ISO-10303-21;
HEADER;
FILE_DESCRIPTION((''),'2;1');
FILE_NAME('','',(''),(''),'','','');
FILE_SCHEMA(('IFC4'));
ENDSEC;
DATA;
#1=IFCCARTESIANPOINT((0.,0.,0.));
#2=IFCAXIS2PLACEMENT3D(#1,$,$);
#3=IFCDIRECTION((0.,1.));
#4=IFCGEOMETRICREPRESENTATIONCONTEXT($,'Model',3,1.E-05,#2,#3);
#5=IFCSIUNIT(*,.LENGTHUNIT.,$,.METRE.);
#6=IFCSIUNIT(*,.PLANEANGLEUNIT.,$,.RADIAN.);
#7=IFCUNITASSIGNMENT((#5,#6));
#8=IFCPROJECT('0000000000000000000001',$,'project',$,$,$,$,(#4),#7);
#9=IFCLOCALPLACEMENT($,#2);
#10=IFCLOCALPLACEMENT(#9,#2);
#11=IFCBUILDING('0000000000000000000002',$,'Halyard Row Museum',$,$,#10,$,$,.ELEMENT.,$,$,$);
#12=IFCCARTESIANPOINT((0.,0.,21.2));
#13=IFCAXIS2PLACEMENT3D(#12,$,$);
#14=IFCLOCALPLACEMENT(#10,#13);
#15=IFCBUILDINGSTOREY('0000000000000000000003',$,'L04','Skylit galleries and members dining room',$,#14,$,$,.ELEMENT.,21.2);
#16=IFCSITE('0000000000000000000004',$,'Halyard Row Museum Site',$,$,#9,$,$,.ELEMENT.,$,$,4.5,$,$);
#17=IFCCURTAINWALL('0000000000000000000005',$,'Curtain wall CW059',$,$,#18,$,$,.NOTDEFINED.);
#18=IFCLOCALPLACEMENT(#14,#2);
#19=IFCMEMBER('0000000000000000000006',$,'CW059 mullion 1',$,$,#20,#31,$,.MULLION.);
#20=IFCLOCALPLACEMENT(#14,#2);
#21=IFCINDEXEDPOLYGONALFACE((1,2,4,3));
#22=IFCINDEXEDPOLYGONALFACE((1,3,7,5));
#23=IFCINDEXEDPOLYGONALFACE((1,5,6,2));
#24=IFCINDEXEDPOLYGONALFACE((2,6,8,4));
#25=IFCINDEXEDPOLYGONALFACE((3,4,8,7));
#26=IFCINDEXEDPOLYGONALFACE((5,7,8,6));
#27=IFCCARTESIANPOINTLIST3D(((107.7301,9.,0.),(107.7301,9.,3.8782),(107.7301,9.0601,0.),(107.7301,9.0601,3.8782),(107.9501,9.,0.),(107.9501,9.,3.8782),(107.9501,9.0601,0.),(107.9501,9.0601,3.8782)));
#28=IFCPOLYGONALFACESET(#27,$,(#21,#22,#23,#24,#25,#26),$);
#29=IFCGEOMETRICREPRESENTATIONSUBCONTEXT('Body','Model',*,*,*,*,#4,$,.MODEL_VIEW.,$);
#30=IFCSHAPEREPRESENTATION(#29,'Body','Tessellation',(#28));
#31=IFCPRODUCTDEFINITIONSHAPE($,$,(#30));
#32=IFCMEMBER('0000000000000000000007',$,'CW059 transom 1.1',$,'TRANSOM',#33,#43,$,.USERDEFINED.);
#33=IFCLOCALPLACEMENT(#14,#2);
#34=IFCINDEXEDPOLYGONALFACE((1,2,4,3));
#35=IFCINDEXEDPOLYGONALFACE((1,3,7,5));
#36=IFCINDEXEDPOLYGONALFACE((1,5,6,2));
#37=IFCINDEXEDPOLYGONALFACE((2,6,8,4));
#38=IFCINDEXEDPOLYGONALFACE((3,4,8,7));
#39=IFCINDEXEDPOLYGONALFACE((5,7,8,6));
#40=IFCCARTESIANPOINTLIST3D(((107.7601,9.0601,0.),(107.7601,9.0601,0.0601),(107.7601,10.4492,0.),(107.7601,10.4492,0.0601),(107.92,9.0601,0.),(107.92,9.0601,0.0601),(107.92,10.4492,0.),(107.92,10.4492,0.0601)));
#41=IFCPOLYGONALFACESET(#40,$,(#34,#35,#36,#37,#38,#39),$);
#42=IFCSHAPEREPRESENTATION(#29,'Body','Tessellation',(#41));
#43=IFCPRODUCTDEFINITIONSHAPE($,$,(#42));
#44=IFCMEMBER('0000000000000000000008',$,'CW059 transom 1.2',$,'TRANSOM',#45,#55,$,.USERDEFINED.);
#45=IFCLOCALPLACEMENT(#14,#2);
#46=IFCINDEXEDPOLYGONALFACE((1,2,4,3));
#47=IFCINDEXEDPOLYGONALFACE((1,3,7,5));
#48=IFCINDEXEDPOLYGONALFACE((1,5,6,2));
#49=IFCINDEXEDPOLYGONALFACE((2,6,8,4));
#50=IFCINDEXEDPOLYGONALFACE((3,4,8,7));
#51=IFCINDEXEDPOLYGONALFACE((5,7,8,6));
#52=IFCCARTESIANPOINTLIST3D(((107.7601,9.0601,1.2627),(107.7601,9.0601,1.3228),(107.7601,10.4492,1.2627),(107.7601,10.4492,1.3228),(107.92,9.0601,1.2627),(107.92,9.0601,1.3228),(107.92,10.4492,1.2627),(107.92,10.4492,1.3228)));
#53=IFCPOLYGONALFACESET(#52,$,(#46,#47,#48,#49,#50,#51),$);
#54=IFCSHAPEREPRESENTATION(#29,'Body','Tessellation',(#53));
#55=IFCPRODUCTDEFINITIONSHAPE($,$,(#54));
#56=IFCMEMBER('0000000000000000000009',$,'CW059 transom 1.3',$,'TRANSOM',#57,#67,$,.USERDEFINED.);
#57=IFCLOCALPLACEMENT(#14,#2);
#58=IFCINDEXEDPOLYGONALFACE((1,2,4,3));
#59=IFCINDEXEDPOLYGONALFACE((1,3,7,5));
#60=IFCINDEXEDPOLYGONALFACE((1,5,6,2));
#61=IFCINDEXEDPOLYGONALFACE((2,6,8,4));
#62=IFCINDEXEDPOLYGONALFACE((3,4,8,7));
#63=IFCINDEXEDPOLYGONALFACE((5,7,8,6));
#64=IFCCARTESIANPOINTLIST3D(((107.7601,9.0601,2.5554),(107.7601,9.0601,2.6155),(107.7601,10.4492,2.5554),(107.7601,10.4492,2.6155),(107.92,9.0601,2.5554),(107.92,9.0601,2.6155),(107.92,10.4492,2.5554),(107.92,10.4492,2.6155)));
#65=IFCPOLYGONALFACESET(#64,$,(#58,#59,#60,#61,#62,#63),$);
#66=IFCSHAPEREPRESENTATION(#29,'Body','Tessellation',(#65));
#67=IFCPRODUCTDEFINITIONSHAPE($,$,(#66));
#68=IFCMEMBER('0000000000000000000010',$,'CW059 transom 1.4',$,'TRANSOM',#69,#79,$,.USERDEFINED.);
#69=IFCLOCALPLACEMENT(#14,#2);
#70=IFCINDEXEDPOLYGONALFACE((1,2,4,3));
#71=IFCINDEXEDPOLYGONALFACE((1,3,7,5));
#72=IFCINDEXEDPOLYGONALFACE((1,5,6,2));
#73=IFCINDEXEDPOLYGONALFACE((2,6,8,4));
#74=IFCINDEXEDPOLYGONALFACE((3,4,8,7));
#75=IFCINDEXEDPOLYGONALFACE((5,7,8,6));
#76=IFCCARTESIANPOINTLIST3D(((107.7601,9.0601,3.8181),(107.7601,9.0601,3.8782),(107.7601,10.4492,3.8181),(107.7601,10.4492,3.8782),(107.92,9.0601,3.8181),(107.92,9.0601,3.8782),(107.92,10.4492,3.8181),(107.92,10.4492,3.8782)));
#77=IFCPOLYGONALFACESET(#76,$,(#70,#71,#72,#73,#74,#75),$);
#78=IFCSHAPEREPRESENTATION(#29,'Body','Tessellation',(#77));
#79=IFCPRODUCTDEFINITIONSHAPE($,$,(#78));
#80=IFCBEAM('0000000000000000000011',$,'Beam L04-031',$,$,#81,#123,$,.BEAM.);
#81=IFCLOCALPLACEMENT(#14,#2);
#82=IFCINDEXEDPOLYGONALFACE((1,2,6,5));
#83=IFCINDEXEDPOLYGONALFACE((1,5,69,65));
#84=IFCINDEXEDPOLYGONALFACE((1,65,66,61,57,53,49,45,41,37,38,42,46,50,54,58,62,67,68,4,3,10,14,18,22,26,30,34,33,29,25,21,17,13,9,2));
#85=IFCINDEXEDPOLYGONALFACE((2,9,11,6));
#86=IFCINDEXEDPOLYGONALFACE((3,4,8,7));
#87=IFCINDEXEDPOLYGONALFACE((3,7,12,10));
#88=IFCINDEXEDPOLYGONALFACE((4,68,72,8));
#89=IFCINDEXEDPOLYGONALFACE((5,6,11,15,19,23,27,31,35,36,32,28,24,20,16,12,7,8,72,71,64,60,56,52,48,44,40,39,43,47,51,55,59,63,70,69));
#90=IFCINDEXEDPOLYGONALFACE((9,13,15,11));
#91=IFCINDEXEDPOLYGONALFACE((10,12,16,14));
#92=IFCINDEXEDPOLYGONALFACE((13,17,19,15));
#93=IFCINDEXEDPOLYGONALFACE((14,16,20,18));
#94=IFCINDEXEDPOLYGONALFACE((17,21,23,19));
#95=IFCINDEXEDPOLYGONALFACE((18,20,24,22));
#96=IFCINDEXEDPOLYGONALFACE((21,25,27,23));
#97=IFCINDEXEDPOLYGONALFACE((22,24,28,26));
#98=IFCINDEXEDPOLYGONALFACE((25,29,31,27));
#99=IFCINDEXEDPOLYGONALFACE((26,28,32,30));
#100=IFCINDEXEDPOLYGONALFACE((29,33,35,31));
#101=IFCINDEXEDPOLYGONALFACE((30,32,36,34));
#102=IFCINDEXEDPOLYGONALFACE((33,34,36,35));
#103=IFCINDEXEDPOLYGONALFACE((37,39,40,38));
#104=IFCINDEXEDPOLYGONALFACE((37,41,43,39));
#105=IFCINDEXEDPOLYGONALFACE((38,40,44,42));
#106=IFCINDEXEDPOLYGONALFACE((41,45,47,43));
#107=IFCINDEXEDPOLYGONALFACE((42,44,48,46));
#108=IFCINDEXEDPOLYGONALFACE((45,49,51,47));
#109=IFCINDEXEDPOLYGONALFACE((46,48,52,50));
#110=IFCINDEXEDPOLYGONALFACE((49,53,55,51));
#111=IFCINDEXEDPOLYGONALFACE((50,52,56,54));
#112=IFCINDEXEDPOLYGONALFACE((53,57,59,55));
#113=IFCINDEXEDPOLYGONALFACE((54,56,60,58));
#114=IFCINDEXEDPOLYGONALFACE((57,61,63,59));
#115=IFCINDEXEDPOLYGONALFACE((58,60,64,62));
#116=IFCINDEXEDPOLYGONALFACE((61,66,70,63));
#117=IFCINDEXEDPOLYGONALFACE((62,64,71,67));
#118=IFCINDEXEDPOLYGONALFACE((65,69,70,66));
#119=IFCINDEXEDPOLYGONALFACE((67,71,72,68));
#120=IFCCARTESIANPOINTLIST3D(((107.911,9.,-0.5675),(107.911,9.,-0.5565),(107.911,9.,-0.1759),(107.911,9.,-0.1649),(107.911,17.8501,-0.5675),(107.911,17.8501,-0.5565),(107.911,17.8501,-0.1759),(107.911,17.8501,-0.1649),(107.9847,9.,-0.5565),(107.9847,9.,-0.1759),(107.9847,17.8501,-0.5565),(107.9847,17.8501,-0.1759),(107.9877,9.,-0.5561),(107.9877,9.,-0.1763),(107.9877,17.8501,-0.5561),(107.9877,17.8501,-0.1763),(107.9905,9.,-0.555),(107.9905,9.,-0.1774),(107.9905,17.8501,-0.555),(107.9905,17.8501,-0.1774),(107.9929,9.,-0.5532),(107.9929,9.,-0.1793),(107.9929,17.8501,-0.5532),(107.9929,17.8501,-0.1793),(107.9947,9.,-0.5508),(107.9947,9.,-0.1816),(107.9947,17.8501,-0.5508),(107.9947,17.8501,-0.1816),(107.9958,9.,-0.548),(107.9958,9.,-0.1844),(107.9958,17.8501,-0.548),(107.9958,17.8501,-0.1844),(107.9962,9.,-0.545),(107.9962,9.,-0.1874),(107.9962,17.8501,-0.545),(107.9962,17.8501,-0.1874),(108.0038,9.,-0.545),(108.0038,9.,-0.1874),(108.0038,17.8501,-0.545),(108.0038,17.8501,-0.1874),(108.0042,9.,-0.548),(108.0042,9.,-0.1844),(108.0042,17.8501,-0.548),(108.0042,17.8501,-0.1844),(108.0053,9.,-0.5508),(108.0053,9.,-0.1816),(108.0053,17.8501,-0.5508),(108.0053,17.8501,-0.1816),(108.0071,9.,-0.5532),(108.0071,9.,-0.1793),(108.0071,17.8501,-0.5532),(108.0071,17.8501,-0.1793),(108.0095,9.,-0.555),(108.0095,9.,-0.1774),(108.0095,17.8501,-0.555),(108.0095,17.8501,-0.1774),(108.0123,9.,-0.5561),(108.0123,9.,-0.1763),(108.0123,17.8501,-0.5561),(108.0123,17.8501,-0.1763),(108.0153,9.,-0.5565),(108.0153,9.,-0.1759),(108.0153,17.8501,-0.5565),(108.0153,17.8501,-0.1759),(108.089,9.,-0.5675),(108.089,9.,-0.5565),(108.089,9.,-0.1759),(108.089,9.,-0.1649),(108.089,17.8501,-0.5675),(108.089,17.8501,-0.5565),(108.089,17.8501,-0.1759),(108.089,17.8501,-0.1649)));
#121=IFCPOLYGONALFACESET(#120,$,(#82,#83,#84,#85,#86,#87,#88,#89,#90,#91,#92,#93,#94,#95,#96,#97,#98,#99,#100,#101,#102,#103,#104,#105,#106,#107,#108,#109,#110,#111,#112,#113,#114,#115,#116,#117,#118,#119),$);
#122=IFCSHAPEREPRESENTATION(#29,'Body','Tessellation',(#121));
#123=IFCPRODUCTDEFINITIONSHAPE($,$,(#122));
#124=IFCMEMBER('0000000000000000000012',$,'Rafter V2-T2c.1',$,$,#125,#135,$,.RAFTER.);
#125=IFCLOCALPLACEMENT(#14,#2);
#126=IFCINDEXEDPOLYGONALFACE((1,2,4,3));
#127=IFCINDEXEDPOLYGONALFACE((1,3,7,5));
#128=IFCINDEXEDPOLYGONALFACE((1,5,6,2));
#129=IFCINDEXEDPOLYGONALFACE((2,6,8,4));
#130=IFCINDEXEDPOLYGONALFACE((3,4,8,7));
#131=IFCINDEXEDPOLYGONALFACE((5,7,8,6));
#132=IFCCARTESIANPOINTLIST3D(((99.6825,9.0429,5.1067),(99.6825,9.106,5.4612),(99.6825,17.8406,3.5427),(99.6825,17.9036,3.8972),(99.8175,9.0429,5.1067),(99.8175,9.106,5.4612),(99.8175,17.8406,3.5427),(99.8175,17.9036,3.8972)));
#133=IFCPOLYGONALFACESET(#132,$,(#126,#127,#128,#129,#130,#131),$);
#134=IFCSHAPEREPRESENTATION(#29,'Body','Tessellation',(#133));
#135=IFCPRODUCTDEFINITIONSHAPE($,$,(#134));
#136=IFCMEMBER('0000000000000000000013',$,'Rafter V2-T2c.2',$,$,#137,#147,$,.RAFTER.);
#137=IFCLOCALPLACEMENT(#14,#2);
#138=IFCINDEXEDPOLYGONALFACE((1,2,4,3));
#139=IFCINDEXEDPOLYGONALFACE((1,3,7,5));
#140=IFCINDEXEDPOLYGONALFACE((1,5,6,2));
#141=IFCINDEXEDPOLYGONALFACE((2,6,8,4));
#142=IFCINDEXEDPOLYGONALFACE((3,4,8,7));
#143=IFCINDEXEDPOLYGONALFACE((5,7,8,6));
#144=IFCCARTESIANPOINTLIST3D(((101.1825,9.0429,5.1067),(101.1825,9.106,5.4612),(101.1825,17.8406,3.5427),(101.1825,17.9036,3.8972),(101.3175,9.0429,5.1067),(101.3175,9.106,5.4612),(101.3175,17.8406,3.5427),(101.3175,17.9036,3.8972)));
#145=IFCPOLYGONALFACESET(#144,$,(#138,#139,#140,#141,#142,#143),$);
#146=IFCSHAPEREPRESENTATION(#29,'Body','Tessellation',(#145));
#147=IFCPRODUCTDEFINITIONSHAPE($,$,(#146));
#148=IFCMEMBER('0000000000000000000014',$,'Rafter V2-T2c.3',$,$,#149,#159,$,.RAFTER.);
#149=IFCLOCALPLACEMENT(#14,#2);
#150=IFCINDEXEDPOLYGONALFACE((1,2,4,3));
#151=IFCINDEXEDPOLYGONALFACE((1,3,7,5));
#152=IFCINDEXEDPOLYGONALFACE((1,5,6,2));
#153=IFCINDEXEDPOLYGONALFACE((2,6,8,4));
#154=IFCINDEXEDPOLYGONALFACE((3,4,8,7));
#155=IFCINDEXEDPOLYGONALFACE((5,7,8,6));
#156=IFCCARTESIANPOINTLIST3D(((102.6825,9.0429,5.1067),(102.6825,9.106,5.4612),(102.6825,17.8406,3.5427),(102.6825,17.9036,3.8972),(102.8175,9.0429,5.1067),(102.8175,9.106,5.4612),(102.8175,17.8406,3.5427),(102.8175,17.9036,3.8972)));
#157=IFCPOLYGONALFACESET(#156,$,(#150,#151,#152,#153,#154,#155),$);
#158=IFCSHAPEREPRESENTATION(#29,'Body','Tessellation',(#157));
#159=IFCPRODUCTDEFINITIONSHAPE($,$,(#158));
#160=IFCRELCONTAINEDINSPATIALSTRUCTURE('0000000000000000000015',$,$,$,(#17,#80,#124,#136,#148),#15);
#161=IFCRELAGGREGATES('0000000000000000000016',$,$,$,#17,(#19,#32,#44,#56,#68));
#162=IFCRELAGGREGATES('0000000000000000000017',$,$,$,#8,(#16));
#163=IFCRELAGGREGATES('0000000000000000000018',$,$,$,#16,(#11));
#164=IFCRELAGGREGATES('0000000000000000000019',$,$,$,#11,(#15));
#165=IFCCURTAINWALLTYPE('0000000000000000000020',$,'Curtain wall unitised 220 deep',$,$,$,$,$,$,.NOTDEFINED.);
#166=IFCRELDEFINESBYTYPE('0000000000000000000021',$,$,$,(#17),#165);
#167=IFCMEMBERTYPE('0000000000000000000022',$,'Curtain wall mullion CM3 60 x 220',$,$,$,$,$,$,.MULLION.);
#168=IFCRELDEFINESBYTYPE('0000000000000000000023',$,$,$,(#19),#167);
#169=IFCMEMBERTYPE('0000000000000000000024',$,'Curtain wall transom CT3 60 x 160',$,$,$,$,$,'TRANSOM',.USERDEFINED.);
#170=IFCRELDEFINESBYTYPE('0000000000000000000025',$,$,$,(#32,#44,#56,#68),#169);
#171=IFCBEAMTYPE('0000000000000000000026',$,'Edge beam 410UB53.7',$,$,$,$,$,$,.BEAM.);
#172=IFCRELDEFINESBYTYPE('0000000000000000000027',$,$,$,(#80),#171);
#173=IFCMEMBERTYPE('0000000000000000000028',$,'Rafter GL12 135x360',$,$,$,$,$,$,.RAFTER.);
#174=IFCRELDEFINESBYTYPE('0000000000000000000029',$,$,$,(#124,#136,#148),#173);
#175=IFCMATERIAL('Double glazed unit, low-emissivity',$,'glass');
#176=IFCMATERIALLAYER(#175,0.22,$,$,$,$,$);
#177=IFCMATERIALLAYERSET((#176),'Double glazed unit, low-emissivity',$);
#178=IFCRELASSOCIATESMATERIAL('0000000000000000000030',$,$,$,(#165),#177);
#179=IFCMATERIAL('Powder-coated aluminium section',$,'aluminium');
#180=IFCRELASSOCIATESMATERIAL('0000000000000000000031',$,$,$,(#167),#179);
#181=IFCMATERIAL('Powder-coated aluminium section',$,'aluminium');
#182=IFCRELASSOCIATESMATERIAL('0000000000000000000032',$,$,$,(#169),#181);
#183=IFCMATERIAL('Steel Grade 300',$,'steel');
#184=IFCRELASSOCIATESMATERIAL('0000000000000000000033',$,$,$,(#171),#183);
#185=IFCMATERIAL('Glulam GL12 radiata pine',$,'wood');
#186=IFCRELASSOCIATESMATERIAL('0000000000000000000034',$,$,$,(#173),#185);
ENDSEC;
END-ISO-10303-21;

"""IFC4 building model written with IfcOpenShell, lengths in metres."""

from ifc_helpers import new_model, si_unit, direction, frame, origin, origin_2d, place, context, subcontext, project, spatial, rectangle, i_section, extrude, material, layer, layer_set, material_profile, profile_set, type_object, element, aggregate, save


model = new_model("IFC4")

# Units and contexts
model_context = context("Model", 3, precision=1e-05, world=origin(), true_north=direction((0.0, 1.0)))
body_context = subcontext(model_context, "Body", "Model", "MODEL_VIEW")
ifc_project = project(units=[si_unit("LENGTHUNIT", "METRE"), si_unit("PLANEANGLEUNIT", "RADIAN")], contexts=[model_context])

# Site, building, storey
site_placement = place(None, origin())
site = spatial("IfcSite", under=ifc_project, at=site_placement, Name="Halyard Row Museum Site", CompositionType="ELEMENT", RefElevation=4.5)
building_placement = place(site_placement, origin())
building = spatial("IfcBuilding", under=site, at=building_placement, Name="Halyard Row Museum", CompositionType="ELEMENT")
storey_placement = place(building_placement, frame((0.0, 0.0, 21.2)))
storey = spatial("IfcBuildingStorey", under=building, at=storey_placement, Name="L04", Description="Skylit galleries and members dining room", CompositionType="ELEMENT", Elevation=21.2)

# Curtain wall, members
ifc_material_1 = material(Name="Double glazed unit, low-emissivity", Category="glass")
ifc_layer = layer(ifc_material_1, 0.22)
ifc_layer_set = layer_set([ifc_layer], Name="Double glazed unit, low-emissivity")
curtain_wall_type = type_object("IfcCurtainWallType", Name="Curtain wall unitised 220 deep", PredefinedType="NOTDEFINED", material=ifc_layer_set)
curtain_wall_placement = place(storey_placement, origin())
curtain_wall = element("IfcCurtainWall", 1, at=curtain_wall_placement, inside=storey, type_object=curtain_wall_type, Name="Curtain wall CW059", PredefinedType="NOTDEFINED")
ifc_material_2 = material(Name="Powder-coated aluminium section", Category="aluminium")
ifc_material_profile_1 = material_profile(ifc_material_2, rectangle(XDim=0.22, YDim=0.0601, at=origin_2d()), Name="220x60 mullion")
ifc_profile_set_1 = profile_set([ifc_material_profile_1], Name="Powder-coated aluminium section")
member_type_1 = type_object("IfcMemberType", Name="Curtain wall mullion CM3 60 x 220", PredefinedType="MULLION", material=ifc_profile_set_1)
member_1_placement = place(storey_placement, frame((107.8401, 9.03, 0.0), z_axis=(0.0, 0.0, 1.0), x_axis=(-1.0, 0.0, 0.0)))
member_1 = element("IfcMember", 2, at=member_1_placement, type_object=member_type_1, Name="CW059 mullion 1", PredefinedType="MULLION", context=body_context, shape_type="SweptSolid", body=[
    extrude(rectangle(XDim=0.22, YDim=0.0601, at=origin_2d()), origin(), (0.0, 0.0, 1.0), 3.8782),
])
ifc_material_3 = material(Name="Powder-coated aluminium section", Category="aluminium")
ifc_material_profile_2 = material_profile(ifc_material_3, rectangle(XDim=0.1599, YDim=0.0601, at=origin_2d()), Name="160x60 transom")
ifc_profile_set_2 = profile_set([ifc_material_profile_2], Name="Powder-coated aluminium section")
member_type_2 = type_object("IfcMemberType", Name="Curtain wall transom CT3 60 x 160", ElementType="TRANSOM", PredefinedType="USERDEFINED", material=ifc_profile_set_2)
member_2_placement = place(storey_placement, frame((107.8401, 9.0601, 0.03), z_axis=(0.0, 1.0, 0.0), x_axis=(-1.0, 0.0, 0.0)))
member_2 = element("IfcMember", 3, at=member_2_placement, type_object=member_type_2, Name="CW059 transom 1.1", ObjectType="TRANSOM", PredefinedType="USERDEFINED", context=body_context, shape_type="SweptSolid", body=[
    extrude(rectangle(XDim=0.1599, YDim=0.0601, at=origin_2d()), origin(), (0.0, 0.0, 1.0), 1.3892),
])
member_3_placement = place(storey_placement, frame((107.8401, 9.0601, 1.2927), z_axis=(0.0, 1.0, 0.0), x_axis=(-1.0, 0.0, 0.0)))
member_3 = element("IfcMember", 4, at=member_3_placement, type_object=member_type_2, Name="CW059 transom 1.2", ObjectType="TRANSOM", PredefinedType="USERDEFINED", context=body_context, shape_type="SweptSolid", body=[
    extrude(rectangle(XDim=0.1599, YDim=0.0601, at=origin_2d()), origin(), (0.0, 0.0, 1.0), 1.3892),
])
member_4_placement = place(storey_placement, frame((107.8401, 9.0601, 2.5854), z_axis=(0.0, 1.0, 0.0), x_axis=(-1.0, 0.0, 0.0)))
member_4 = element("IfcMember", 5, at=member_4_placement, type_object=member_type_2, Name="CW059 transom 1.3", ObjectType="TRANSOM", PredefinedType="USERDEFINED", context=body_context, shape_type="SweptSolid", body=[
    extrude(rectangle(XDim=0.1599, YDim=0.0601, at=origin_2d()), origin(), (0.0, 0.0, 1.0), 1.3892),
])
member_5_placement = place(storey_placement, frame((107.8401, 9.0601, 3.8481), z_axis=(0.0, 1.0, 0.0), x_axis=(-1.0, 0.0, 0.0)))
member_5 = element("IfcMember", 6, at=member_5_placement, type_object=member_type_2, Name="CW059 transom 1.4", ObjectType="TRANSOM", PredefinedType="USERDEFINED", context=body_context, shape_type="SweptSolid", body=[
    extrude(rectangle(XDim=0.1599, YDim=0.0601, at=origin_2d()), origin(), (0.0, 0.0, 1.0), 1.3892),
])
aggregate(curtain_wall, [member_1, member_2, member_3, member_4, member_5])

# Beam
ifc_material_4 = material(Name="Steel Grade 300", Category="steel")
ifc_material_profile_3 = material_profile(ifc_material_4, i_section(OverallWidth=0.178, OverallDepth=0.4026, WebThickness=0.0076, FlangeThickness=0.011, FilletRadius=0.0115, at=origin_2d()), Name="410UB53.7")
ifc_profile_set_3 = profile_set([ifc_material_profile_3], Name="Steel Grade 300")
beam_type_1 = type_object("IfcBeamType", Name="Edge beam 410UB53.7", PredefinedType="BEAM", material=ifc_profile_set_3)
beam_1_placement = place(storey_placement, frame((108.0, 9.0, -0.3662), z_axis=(0.0, 1.0, 0.0), x_axis=(-1.0, 0.0, 0.0)))
element("IfcBeam", 7, at=beam_1_placement, inside=storey, type_object=beam_type_1, Name="Beam L04-031", PredefinedType="BEAM", context=body_context, shape_type="SweptSolid", body=[
    extrude(i_section(OverallWidth=0.178, OverallDepth=0.4026, WebThickness=0.0076, FlangeThickness=0.011, FilletRadius=0.0115, at=origin_2d()), origin(), (0.0, 0.0, 1.0), 8.8501),
])

# Members
ifc_material_5 = material(Name="Glulam GL12 radiata pine", Category="wood")
ifc_material_profile_4 = material_profile(ifc_material_5, rectangle(XDim=0.135, YDim=0.3601, at=origin_2d()), Name="GL12 135x360")
ifc_profile_set_4 = profile_set([ifc_material_profile_4], Name="Glulam GL12 radiata pine")
member_type_3 = type_object("IfcMemberType", Name="Rafter GL12 135x360", PredefinedType="RAFTER", material=ifc_profile_set_4)
for number, where, z_axis, x_axis, name in (
    (8, (99.75, 9.0745, 5.2839), (0.0, 0.984564, -0.175027), (-1.0, 0.0, 0.0), "Rafter V2-T2c.1"),
    (9, (101.25, 9.0745, 5.2839), (0.0, 0.984564, -0.175027), (-1.0, 0.0, 0.0), "Rafter V2-T2c.2"),
    (10, (102.75, 9.0745, 5.2839), (0.0, 0.984564, -0.175027), (-1.0, 0.0, 0.0), "Rafter V2-T2c.3"),
):
    element("IfcMember", number, at=place(storey_placement, frame(where, z_axis=z_axis, x_axis=x_axis)), inside=storey, type_object=member_type_3, Name=name, PredefinedType="RAFTER", context=body_context, shape_type="SweptSolid", body=[
        extrude(rectangle(XDim=0.135, YDim=0.3601, at=origin_2d()), origin(), (0.0, 0.0, 1.0), 8.9355),
    ])

save(model, "model.ifc")
